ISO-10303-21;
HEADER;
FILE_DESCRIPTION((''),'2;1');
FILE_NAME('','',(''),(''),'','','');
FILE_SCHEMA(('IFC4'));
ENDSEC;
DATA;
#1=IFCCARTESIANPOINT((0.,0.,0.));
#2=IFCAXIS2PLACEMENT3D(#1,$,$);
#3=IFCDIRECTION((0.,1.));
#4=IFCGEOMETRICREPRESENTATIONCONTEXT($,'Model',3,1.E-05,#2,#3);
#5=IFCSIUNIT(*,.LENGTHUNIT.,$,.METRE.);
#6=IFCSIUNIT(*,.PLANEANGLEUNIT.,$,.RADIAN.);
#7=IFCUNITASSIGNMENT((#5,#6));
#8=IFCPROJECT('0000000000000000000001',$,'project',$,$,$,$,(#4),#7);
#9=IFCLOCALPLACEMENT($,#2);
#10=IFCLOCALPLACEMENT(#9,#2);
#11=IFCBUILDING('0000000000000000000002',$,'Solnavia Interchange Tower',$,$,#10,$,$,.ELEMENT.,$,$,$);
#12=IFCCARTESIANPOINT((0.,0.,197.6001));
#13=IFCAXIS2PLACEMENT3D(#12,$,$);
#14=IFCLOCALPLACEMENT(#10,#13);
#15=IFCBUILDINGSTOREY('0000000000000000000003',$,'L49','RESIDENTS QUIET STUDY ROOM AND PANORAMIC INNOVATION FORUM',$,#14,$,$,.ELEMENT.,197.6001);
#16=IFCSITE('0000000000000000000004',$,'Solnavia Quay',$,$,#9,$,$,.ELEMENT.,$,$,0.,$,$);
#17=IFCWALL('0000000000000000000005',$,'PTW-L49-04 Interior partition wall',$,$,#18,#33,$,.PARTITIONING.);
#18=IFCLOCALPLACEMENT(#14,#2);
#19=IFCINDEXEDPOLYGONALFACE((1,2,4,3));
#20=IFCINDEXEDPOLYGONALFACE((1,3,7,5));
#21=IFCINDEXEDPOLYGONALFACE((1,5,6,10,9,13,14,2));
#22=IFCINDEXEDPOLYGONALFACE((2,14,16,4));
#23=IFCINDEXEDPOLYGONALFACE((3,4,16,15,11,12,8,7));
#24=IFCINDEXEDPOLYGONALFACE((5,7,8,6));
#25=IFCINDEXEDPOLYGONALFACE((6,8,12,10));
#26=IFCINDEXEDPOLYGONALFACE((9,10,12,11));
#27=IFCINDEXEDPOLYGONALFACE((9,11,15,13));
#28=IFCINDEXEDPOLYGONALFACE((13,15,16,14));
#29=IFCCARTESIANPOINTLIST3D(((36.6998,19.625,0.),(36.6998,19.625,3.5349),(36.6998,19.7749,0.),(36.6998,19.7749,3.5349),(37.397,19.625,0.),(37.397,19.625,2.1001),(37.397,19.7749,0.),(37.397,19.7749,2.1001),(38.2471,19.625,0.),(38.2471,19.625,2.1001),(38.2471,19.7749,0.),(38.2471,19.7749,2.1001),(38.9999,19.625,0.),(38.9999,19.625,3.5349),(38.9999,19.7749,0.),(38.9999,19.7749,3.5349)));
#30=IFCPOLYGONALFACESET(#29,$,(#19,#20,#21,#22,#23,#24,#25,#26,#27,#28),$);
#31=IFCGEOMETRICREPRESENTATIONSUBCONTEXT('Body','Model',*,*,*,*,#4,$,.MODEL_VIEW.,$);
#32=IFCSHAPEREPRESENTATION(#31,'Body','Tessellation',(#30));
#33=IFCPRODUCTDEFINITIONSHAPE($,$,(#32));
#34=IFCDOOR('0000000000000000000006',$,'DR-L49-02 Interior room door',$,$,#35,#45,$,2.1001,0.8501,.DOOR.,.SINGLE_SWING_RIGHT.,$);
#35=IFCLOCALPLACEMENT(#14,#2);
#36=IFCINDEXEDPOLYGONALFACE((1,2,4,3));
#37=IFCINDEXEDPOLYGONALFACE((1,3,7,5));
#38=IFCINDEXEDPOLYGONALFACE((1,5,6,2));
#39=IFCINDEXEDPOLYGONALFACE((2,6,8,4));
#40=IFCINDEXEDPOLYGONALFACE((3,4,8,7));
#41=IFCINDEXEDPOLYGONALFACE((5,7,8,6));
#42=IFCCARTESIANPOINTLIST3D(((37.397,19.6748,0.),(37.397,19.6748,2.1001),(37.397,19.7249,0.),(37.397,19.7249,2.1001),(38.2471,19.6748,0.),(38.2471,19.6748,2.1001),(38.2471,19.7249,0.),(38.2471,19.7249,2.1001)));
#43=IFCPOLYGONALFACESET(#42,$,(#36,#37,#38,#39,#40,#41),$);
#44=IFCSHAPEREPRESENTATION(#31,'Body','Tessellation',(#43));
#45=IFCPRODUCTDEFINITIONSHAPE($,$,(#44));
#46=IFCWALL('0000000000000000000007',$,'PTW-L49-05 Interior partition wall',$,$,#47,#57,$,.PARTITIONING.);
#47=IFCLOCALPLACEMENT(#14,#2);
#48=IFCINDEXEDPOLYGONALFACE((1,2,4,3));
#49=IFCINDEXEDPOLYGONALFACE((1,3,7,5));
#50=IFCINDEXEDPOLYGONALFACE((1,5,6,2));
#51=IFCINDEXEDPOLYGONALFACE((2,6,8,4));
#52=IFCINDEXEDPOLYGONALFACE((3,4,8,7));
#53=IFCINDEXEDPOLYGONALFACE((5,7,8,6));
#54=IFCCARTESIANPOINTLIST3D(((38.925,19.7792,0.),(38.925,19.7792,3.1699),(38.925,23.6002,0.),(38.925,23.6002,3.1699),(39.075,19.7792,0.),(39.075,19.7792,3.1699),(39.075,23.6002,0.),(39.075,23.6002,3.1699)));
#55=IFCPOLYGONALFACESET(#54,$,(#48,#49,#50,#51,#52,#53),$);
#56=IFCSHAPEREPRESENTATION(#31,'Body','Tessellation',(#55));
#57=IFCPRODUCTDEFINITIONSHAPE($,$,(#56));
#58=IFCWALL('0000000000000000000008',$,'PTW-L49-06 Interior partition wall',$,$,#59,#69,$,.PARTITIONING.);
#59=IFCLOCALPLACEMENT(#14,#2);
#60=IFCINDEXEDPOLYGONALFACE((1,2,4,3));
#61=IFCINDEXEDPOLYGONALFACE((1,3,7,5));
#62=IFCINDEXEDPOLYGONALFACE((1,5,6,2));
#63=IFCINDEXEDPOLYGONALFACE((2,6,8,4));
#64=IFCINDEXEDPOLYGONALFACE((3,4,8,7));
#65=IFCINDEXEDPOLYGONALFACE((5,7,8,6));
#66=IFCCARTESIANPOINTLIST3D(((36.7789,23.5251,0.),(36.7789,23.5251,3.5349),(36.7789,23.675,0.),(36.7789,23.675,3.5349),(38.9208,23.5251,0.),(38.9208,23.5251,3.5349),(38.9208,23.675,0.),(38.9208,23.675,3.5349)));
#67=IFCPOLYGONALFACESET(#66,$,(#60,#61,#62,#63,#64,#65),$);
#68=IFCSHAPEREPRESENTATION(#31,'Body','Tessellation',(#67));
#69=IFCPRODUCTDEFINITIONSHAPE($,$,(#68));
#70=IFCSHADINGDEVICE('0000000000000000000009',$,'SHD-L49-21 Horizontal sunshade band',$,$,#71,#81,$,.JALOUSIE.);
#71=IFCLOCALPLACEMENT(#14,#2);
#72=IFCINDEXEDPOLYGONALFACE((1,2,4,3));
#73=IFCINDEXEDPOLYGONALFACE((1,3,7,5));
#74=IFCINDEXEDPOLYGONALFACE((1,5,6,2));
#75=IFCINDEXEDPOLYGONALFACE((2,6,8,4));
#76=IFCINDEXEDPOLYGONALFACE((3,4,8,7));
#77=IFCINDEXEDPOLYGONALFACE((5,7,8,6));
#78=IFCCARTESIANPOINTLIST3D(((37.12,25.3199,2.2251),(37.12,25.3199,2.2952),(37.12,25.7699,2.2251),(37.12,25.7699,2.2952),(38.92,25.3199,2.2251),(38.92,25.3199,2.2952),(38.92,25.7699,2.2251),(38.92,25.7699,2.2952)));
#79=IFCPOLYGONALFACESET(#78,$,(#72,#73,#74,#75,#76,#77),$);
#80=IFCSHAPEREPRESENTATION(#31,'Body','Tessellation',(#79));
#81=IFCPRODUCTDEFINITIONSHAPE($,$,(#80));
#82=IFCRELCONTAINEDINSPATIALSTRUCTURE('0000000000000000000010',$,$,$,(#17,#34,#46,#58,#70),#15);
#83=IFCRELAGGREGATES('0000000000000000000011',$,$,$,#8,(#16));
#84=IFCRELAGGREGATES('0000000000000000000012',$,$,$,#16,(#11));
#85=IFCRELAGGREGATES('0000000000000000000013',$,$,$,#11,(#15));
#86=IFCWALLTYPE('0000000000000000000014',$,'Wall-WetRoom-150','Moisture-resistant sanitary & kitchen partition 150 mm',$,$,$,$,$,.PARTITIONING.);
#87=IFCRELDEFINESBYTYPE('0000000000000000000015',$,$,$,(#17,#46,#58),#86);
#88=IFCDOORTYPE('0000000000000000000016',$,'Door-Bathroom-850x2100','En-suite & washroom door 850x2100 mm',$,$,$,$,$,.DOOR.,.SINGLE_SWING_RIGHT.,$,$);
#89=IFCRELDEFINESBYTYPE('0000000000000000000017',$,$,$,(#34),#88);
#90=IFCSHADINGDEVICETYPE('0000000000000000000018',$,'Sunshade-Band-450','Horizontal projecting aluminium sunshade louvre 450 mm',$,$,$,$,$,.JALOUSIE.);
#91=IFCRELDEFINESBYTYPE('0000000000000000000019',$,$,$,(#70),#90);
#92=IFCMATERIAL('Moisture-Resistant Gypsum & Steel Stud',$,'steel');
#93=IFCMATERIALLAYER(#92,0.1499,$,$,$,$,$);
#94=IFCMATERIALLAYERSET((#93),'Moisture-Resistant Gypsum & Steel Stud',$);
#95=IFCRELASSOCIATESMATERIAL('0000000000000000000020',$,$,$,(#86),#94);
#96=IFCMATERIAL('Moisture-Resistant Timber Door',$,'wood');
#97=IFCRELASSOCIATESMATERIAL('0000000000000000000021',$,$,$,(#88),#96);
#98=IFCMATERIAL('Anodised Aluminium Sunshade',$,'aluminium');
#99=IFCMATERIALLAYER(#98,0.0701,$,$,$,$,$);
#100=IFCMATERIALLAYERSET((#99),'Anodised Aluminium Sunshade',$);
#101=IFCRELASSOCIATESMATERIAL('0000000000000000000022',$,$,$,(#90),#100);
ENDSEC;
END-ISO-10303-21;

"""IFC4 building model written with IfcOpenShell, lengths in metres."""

from ifc_helpers import new_model, si_unit, direction, frame, frame_2d, origin, origin_2d, place, context, subcontext, project, spatial, rectangle, extrude, material, layer, layer_set, type_object, element, fill, save


model = new_model("IFC4")

# Units and contexts
model_context = context("Model", 3, precision=1e-05, world=origin(), true_north=direction((0.0, 1.0)))
body_context = subcontext(model_context, "Body", "Model", "MODEL_VIEW")
ifc_project = project(units=[si_unit("LENGTHUNIT", "METRE"), si_unit("PLANEANGLEUNIT", "RADIAN")], contexts=[model_context])

# Site, building, storey
site_placement = place(None, origin())
site = spatial("IfcSite", under=ifc_project, at=site_placement, Name="Solnavia Quay", CompositionType="ELEMENT", RefElevation=0.0)
building_placement = place(site_placement, origin())
building = spatial("IfcBuilding", under=site, at=building_placement, Name="Solnavia Interchange Tower", CompositionType="ELEMENT")
storey_placement = place(building_placement, frame((0.0, 0.0, 197.6001)))
storey = spatial("IfcBuildingStorey", under=building, at=storey_placement, Name="L49", Description="RESIDENTS QUIET STUDY ROOM AND PANORAMIC INNOVATION FORUM", CompositionType="ELEMENT", Elevation=197.6001)

# Shared definitions
ifc_material_1 = material(Name="Moisture-Resistant Gypsum & Steel Stud", Category="steel")
ifc_layer_1 = layer(ifc_material_1, 0.1499)
ifc_layer_set_1 = layer_set([ifc_layer_1], Name="Moisture-Resistant Gypsum & Steel Stud")
wall_type_1 = type_object("IfcWallType", Name="Wall-WetRoom-150", Description="Moisture-resistant sanitary & kitchen partition 150 mm", PredefinedType="PARTITIONING", material=ifc_layer_set_1)

# Wall, opening, door
wall_1_placement = place(storey_placement, frame((36.7, 19.7, 0.0), z_axis=(0.0, 0.0, 1.0), x_axis=(1.0, 0.0, 0.0)))
wall_1 = element("IfcWall", 1, at=wall_1_placement, inside=storey, type_object=wall_type_1, Name="PTW-L49-04 Interior partition wall", PredefinedType="PARTITIONING", context=body_context, shape_type="SweptSolid", body=[
    extrude(rectangle(XDim=2.3, YDim=0.1499, at=frame_2d((1.1499, 0.0))), origin(), (0.0, 0.0, 1.0), 3.5349),
])
opening_1_placement = place(wall_1_placement, frame((0.697, 0.0, 0.0)))
opening_1 = element("IfcOpeningElement", 2, at=opening_1_placement, cuts=wall_1, PredefinedType="OPENING", context=body_context, shape_type="SweptSolid", body=[
    extrude(rectangle(XDim=0.8501, YDim=2.1001, at=frame_2d((0.425, 1.05))), frame((0.0, 0.085, 0.0), z_axis=(0.0, -1.0, 0.0), x_axis=(1.0, 0.0, 0.0)), (0.0, 0.0, 1.0), 0.1699),
])
ifc_material_2 = material(Name="Moisture-Resistant Timber Door", Category="wood")
door_type_1 = type_object("IfcDoorType", Name="Door-Bathroom-850x2100", Description="En-suite & washroom door 850x2100 mm", OperationType="SINGLE_SWING_RIGHT", PredefinedType="DOOR", material=ifc_material_2)
door_1_placement = place(opening_1_placement, origin())
door_1 = element("IfcDoor", 3, at=door_1_placement, inside=storey, type_object=door_type_1, Name="DR-L49-02 Interior room door", OperationType="SINGLE_SWING_RIGHT", OverallHeight=2.1001, OverallWidth=0.8501, PredefinedType="DOOR", context=body_context, shape_type="SweptSolid", body=[
    extrude(rectangle(XDim=0.8501, YDim=2.1001, at=frame_2d((0.425, 1.05))), frame((0.0, 0.0249, 0.0), z_axis=(0.0, -1.0, 0.0), x_axis=(1.0, 0.0, 0.0)), (0.0, 0.0, 1.0), 0.05),
])
fill(opening_1, door_1)

# Walls
wall_2_placement = place(storey_placement, frame((39.0, 19.7791, 0.0), z_axis=(0.0, 0.0, 1.0), x_axis=(0.0, 1.0, 0.0)))
element("IfcWall", 4, at=wall_2_placement, inside=storey, type_object=wall_type_1, Name="PTW-L49-05 Interior partition wall", PredefinedType="PARTITIONING", context=body_context, shape_type="SweptSolid", body=[
    extrude(rectangle(XDim=3.821, YDim=0.1499, at=frame_2d((1.9106, 0.0))), origin(), (0.0, 0.0, 1.0), 3.1699),
])
wall_3_placement = place(storey_placement, frame((36.7791, 23.6001, 0.0), z_axis=(0.0, 0.0, 1.0), x_axis=(1.0, 0.0, 0.0)))
element("IfcWall", 5, at=wall_3_placement, inside=storey, type_object=wall_type_1, Name="PTW-L49-06 Interior partition wall", PredefinedType="PARTITIONING", context=body_context, shape_type="SweptSolid", body=[
    extrude(rectangle(XDim=2.1418, YDim=0.1499, at=frame_2d((1.0708, 0.0))), origin(), (0.0, 0.0, 1.0), 3.5349),
])

# Shading device
ifc_material_3 = material(Name="Anodised Aluminium Sunshade", Category="aluminium")
ifc_layer_2 = layer(ifc_material_3, 0.0701)
ifc_layer_set_2 = layer_set([ifc_layer_2], Name="Anodised Aluminium Sunshade")
shading_device_type = type_object("IfcShadingDeviceType", Name="Sunshade-Band-450", Description="Horizontal projecting aluminium sunshade louvre 450 mm", PredefinedType="JALOUSIE", material=ifc_layer_set_2)
shading_device_placement = place(storey_placement, frame((38.02, 25.5449, 2.2251), z_axis=(0.0, 0.0, 1.0), x_axis=(1.0, 0.0, 0.0)))
element("IfcShadingDevice", 6, at=shading_device_placement, inside=storey, type_object=shading_device_type, Name="SHD-L49-21 Horizontal sunshade band", PredefinedType="JALOUSIE", context=body_context, shape_type="SweptSolid", body=[
    extrude(rectangle(XDim=1.8, YDim=0.45, at=origin_2d()), origin(), (0.0, 0.0, 1.0), 0.0701),
])

save(model, "model.ifc")
